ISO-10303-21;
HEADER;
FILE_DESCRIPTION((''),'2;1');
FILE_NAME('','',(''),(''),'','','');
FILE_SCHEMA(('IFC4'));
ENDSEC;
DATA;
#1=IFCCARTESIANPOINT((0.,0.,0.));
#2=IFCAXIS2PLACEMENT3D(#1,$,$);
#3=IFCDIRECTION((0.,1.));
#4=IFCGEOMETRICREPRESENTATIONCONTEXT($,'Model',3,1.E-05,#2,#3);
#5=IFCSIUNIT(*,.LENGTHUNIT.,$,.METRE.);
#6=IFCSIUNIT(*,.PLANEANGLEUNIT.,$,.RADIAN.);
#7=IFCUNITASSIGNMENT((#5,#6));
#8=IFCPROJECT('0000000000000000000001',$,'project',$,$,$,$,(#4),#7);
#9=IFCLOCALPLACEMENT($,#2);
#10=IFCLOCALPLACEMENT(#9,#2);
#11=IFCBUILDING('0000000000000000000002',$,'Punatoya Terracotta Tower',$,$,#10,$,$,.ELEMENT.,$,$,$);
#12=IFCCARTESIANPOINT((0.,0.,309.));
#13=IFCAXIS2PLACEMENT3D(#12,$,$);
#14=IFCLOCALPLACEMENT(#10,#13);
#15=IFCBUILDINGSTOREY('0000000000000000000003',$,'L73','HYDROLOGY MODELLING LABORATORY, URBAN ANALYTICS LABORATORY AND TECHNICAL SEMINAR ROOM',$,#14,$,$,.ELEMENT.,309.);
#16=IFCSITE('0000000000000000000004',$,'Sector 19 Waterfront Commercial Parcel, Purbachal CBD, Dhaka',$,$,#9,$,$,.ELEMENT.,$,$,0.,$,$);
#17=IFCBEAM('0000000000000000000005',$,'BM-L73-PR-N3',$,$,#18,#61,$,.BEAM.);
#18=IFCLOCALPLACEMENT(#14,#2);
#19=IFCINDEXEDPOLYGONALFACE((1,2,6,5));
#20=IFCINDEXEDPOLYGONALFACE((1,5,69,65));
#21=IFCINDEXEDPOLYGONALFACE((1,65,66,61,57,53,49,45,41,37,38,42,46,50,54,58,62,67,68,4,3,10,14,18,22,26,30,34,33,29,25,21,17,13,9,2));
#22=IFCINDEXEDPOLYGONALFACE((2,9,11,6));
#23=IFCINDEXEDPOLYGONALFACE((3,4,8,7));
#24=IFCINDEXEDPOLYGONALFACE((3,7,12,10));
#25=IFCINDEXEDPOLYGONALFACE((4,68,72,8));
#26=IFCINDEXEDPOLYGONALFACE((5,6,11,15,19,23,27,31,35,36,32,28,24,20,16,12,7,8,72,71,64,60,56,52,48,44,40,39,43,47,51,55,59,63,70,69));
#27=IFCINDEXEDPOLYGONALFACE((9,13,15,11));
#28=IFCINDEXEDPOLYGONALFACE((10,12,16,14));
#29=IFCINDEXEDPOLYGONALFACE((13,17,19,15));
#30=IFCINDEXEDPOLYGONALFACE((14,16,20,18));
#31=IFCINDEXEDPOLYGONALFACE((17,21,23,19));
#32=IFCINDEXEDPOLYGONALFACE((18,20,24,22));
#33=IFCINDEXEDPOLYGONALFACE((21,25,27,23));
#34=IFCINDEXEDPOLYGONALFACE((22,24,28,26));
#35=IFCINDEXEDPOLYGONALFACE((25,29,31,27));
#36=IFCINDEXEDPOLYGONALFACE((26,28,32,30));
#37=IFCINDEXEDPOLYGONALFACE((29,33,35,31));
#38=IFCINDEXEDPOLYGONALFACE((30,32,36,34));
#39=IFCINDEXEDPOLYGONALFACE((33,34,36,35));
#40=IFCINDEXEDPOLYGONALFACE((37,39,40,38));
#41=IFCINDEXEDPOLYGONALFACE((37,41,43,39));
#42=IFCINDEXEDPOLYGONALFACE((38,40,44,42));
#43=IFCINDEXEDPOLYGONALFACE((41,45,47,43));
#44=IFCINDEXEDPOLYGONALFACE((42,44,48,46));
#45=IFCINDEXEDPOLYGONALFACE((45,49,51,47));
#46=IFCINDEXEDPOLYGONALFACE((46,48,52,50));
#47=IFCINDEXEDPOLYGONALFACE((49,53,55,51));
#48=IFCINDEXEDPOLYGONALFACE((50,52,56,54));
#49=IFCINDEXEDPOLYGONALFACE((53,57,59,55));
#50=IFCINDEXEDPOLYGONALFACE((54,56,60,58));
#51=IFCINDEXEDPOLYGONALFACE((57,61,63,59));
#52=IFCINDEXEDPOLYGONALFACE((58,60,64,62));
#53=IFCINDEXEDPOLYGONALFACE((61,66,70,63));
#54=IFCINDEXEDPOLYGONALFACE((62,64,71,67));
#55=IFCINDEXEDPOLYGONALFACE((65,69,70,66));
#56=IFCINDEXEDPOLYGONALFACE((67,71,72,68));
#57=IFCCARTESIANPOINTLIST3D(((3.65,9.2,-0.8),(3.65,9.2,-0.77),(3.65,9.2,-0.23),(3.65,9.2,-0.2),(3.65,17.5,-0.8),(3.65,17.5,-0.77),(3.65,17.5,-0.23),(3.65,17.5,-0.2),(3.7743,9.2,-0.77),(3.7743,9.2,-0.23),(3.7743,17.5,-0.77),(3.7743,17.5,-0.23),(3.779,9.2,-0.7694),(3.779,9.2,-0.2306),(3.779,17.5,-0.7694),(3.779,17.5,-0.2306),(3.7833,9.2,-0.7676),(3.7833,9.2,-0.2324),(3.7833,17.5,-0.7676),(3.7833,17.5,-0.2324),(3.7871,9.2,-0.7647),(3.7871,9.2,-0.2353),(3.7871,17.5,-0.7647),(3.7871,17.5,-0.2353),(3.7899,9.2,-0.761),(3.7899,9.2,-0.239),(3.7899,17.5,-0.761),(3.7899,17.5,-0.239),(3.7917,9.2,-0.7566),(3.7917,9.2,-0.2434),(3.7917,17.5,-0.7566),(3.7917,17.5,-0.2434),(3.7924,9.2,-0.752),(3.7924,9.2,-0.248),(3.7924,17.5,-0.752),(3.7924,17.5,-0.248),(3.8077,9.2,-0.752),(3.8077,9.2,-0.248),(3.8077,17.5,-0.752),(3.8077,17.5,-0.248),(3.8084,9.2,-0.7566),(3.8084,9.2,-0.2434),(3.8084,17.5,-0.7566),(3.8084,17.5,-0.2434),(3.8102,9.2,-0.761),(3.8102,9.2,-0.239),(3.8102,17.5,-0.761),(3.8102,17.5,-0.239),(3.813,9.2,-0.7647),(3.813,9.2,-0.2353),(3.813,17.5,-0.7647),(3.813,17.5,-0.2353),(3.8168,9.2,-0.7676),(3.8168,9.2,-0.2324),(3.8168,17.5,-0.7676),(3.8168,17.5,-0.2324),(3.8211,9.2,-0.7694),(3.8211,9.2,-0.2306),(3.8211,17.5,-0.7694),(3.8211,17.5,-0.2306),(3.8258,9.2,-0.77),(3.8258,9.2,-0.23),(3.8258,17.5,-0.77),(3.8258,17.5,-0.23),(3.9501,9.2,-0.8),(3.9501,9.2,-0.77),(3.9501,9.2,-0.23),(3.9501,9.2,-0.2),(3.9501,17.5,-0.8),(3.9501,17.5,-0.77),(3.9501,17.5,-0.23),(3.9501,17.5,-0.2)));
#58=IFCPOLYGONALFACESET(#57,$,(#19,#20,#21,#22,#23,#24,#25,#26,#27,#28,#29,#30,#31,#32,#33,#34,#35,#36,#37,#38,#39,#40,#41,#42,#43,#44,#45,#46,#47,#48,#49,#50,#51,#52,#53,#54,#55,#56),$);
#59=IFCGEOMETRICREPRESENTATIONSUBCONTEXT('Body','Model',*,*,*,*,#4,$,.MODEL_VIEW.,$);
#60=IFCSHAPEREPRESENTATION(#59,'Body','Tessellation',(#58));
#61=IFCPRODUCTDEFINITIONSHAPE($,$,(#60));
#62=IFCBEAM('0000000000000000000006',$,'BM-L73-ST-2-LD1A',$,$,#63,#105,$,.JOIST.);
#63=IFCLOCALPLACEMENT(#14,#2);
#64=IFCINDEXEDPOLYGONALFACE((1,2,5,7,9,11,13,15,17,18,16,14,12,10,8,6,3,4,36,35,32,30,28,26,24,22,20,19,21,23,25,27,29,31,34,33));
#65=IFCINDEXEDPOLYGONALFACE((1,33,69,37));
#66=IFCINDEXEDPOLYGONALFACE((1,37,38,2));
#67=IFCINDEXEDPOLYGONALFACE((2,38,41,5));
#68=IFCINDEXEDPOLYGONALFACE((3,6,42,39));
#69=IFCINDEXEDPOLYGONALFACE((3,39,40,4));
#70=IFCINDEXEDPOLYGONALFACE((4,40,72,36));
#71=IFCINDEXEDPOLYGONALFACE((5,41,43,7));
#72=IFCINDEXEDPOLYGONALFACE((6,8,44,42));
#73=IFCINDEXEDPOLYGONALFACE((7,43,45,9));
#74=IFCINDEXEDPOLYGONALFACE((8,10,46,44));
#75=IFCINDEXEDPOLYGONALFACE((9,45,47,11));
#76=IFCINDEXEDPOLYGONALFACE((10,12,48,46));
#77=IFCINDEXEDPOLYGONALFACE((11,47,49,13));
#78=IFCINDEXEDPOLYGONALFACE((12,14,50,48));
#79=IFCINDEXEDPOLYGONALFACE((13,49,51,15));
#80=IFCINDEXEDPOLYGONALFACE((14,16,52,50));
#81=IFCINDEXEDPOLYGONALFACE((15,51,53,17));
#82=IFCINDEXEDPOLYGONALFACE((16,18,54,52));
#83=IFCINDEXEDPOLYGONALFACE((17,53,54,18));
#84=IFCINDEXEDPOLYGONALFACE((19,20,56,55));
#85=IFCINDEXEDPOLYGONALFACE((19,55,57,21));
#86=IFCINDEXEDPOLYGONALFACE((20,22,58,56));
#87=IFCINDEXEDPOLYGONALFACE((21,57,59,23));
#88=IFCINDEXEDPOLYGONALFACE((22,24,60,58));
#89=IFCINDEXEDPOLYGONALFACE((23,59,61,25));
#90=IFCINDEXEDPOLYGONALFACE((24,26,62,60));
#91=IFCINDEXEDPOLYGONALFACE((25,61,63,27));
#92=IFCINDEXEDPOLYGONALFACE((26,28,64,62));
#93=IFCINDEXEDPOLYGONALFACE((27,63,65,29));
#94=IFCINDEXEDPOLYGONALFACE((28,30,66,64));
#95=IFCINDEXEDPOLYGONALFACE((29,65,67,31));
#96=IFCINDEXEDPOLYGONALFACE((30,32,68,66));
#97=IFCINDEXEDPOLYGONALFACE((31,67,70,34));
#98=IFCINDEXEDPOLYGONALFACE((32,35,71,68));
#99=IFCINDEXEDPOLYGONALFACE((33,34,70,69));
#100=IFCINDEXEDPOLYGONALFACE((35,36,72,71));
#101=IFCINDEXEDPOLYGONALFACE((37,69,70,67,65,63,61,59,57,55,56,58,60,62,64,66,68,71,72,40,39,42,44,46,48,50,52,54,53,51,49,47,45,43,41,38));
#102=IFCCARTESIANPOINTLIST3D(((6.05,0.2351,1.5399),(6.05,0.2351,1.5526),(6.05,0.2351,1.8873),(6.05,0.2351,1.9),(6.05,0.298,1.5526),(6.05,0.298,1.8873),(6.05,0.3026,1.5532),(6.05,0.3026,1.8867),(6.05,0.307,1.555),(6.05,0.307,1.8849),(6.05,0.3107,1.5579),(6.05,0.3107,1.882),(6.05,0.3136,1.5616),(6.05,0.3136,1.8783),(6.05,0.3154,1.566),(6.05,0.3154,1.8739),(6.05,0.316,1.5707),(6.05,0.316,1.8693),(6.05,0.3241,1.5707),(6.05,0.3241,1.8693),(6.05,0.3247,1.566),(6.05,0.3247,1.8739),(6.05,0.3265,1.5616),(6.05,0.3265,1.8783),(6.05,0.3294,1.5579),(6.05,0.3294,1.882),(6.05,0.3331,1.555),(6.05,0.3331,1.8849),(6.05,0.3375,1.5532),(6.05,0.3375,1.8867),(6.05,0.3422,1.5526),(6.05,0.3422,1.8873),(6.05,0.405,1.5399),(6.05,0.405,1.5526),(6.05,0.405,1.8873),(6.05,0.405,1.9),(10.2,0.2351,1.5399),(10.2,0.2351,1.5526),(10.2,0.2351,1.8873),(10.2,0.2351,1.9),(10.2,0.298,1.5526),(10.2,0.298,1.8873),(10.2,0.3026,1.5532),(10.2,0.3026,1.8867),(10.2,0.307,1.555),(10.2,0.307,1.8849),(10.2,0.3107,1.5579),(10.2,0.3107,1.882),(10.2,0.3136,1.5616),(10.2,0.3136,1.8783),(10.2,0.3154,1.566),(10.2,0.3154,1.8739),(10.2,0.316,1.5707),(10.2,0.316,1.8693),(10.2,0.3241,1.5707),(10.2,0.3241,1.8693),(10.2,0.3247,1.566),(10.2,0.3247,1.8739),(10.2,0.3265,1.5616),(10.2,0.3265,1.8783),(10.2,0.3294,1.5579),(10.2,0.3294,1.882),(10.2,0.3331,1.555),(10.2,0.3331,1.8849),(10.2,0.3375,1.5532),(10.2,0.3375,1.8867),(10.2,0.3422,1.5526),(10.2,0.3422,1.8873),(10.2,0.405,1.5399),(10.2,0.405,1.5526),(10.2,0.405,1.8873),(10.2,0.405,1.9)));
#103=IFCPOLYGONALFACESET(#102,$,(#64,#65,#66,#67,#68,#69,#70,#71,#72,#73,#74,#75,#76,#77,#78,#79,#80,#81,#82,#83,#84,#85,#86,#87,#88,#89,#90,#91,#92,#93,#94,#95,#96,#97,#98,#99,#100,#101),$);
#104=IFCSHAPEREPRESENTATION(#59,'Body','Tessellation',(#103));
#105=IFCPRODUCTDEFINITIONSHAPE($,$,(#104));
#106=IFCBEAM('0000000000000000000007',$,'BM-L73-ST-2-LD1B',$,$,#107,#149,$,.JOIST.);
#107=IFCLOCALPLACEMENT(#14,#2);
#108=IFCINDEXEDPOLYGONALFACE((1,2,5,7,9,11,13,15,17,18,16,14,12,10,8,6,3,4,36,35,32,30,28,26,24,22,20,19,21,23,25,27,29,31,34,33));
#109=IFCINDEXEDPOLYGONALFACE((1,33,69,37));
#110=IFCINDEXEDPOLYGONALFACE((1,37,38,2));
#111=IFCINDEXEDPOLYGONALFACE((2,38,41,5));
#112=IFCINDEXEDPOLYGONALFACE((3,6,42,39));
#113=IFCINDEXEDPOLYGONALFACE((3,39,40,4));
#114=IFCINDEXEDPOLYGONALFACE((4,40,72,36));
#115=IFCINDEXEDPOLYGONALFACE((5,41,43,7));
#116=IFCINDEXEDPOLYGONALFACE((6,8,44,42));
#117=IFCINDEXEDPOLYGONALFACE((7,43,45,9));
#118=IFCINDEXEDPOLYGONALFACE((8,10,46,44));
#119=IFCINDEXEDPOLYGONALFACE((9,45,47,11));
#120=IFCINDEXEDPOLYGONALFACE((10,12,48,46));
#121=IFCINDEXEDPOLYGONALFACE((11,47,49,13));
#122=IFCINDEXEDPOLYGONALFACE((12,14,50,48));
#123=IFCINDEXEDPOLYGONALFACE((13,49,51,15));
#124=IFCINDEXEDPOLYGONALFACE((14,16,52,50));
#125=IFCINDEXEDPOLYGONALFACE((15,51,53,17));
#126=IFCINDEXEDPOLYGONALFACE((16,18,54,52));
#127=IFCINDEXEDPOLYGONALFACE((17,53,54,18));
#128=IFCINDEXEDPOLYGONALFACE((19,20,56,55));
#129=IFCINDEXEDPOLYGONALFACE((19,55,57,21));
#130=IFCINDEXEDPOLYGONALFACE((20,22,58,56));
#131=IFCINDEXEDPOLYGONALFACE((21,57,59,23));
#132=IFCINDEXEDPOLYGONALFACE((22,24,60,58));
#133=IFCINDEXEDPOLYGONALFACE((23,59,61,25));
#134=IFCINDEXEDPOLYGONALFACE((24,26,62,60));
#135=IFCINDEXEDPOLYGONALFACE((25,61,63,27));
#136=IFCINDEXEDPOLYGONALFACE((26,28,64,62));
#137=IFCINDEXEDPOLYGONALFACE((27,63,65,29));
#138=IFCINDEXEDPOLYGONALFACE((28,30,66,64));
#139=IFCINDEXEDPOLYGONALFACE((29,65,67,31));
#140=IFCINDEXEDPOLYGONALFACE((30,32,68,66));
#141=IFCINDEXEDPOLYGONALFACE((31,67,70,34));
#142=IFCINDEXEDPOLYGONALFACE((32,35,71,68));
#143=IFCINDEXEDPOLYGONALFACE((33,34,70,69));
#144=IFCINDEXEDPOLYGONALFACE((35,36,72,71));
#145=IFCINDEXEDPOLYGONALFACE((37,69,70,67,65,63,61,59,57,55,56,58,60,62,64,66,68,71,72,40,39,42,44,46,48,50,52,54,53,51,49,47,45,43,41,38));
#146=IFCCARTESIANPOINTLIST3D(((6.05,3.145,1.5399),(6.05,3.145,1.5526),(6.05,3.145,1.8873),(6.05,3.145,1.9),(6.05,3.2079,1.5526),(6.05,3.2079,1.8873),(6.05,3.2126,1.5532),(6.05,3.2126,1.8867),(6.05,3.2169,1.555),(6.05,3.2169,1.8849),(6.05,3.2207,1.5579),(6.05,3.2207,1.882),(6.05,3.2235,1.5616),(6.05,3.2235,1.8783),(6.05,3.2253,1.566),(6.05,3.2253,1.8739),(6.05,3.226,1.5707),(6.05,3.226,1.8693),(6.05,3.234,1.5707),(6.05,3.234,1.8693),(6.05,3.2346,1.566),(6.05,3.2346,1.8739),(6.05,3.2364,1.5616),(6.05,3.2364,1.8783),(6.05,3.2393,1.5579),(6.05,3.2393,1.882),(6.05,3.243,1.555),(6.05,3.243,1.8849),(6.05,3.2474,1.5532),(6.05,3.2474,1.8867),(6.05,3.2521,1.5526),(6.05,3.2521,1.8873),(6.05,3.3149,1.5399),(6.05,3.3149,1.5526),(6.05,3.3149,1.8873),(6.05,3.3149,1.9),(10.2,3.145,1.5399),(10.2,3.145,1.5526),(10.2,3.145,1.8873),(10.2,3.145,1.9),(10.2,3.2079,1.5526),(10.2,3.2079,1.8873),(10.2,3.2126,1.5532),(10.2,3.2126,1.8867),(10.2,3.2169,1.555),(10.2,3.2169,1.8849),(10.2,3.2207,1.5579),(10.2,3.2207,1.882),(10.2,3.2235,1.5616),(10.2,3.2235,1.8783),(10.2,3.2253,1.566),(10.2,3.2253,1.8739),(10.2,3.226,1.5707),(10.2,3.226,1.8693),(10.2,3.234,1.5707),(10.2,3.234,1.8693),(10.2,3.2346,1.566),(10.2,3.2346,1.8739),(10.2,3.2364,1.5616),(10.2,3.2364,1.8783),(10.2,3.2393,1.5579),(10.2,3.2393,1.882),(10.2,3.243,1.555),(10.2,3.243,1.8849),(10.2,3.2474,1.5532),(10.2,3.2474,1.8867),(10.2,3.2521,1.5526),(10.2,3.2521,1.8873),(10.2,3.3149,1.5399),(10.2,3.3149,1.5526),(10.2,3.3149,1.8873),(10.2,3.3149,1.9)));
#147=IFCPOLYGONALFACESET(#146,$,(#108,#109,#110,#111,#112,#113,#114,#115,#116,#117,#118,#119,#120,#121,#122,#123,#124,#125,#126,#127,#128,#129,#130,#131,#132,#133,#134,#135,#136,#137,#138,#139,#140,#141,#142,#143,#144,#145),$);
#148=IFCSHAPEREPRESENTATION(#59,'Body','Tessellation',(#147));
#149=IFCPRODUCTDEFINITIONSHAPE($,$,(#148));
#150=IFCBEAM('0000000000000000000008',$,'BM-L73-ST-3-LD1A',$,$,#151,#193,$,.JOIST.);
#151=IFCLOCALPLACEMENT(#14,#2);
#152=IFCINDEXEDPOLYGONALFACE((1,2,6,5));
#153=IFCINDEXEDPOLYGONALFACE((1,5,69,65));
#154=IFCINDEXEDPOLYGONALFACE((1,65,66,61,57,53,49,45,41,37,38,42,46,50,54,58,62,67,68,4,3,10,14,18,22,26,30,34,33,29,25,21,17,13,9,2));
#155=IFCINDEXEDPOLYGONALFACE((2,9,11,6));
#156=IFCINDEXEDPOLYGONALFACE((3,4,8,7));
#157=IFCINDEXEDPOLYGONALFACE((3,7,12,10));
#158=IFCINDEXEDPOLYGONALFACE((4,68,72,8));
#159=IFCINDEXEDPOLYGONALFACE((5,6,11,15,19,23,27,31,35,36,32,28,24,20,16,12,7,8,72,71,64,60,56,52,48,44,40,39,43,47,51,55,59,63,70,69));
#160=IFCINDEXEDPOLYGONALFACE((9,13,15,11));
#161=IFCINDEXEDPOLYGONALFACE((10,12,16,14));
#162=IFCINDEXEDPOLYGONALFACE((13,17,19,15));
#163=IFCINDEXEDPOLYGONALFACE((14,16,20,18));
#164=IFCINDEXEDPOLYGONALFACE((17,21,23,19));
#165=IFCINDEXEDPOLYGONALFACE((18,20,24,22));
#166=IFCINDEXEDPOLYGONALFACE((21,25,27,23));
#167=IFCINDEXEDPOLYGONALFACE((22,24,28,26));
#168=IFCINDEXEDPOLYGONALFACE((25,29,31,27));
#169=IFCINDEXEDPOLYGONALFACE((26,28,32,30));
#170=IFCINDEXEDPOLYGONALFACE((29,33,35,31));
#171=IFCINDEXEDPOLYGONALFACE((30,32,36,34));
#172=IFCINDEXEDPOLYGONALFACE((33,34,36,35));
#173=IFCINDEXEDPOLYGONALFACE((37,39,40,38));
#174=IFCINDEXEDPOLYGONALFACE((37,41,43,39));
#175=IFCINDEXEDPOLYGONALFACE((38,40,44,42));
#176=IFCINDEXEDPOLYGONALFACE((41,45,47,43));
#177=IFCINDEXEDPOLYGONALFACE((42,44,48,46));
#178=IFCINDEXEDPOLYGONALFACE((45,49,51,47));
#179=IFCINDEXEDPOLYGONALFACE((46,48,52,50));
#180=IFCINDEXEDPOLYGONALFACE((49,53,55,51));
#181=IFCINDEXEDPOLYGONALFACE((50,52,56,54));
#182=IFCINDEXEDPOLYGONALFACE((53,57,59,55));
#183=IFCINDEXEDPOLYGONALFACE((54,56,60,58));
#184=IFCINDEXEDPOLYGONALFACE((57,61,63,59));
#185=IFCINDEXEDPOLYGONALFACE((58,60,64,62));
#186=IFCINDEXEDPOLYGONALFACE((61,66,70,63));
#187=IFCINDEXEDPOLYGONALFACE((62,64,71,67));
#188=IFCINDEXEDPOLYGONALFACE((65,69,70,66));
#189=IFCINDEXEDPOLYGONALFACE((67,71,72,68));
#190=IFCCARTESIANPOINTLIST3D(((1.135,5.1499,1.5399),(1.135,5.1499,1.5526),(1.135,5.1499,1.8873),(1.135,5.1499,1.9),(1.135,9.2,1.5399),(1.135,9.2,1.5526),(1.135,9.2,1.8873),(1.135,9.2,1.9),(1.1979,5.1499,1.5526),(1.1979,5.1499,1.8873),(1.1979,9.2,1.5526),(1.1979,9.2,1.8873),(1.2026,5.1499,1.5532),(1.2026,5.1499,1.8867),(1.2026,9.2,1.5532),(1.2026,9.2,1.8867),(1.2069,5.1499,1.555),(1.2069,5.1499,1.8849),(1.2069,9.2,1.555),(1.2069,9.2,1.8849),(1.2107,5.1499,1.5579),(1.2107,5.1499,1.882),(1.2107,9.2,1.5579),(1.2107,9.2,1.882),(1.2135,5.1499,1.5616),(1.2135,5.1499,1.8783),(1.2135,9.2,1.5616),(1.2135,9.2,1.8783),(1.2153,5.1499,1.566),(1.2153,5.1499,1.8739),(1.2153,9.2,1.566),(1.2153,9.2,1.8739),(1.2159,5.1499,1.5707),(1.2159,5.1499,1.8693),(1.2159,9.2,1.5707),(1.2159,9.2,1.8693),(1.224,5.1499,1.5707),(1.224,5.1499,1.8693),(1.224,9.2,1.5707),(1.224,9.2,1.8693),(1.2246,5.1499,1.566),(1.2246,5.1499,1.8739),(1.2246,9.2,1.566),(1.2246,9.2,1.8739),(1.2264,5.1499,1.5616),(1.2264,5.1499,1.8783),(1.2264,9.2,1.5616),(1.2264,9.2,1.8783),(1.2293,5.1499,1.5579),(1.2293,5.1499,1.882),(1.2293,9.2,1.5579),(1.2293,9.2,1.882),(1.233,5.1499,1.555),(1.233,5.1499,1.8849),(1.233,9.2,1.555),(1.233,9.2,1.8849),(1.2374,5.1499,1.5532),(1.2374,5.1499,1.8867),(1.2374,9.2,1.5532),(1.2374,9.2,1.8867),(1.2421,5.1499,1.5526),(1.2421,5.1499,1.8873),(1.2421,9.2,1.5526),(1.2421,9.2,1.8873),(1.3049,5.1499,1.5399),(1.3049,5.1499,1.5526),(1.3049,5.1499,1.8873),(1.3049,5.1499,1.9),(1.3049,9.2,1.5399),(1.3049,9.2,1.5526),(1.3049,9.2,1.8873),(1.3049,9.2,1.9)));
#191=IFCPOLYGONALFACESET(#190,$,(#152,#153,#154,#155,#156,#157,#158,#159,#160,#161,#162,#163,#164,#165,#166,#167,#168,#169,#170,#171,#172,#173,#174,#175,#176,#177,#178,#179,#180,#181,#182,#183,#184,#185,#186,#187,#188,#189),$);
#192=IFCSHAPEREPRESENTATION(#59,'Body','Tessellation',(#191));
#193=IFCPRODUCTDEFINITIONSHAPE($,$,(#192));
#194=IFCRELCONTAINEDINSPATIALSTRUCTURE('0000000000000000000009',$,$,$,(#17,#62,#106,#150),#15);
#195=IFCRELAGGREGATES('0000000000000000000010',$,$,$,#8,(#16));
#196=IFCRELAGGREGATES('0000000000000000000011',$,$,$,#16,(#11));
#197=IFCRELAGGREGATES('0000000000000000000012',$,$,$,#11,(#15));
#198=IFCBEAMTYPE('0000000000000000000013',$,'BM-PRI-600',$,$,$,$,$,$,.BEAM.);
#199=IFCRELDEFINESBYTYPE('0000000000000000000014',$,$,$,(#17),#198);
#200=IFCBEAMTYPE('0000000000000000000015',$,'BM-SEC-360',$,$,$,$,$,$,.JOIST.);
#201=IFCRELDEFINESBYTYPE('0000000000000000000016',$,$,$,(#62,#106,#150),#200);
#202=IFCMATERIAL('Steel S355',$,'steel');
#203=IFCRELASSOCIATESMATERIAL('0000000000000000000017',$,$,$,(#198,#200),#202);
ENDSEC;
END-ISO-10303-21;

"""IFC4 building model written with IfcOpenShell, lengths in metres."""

from ifc_helpers import new_model, si_unit, direction, frame, origin, origin_2d, place, context, subcontext, project, spatial, i_section, extrude, material, material_profile, profile_set, type_object, element, save


model = new_model("IFC4")

# Units and contexts
model_context = context("Model", 3, precision=1e-05, world=origin(), true_north=direction((0.0, 1.0)))
body_context = subcontext(model_context, "Body", "Model", "MODEL_VIEW")
ifc_project = project(units=[si_unit("LENGTHUNIT", "METRE"), si_unit("PLANEANGLEUNIT", "RADIAN")], contexts=[model_context])

# Site, building, storey
site_placement = place(None, origin())
site = spatial("IfcSite", under=ifc_project, at=site_placement, Name="Sector 19 Waterfront Commercial Parcel, Purbachal CBD, Dhaka", CompositionType="ELEMENT", RefElevation=0.0)
building_placement = place(site_placement, origin())
building = spatial("IfcBuilding", under=site, at=building_placement, Name="Punatoya Terracotta Tower", CompositionType="ELEMENT")
storey_placement = place(building_placement, frame((0.0, 0.0, 309.0)))
storey = spatial("IfcBuildingStorey", under=building, at=storey_placement, Name="L73", Description="HYDROLOGY MODELLING LABORATORY, URBAN ANALYTICS LABORATORY AND TECHNICAL SEMINAR ROOM", CompositionType="ELEMENT", Elevation=309.0)

# Beams
ifc_material_1 = material(Name="Steel S355", Category="steel")
ifc_material_profile_1 = material_profile(ifc_material_1, i_section(OverallWidth=0.3, OverallDepth=0.6001, WebThickness=0.0154, FlangeThickness=0.03, FilletRadius=0.0181, at=origin_2d()))
ifc_profile_set_1 = profile_set([ifc_material_profile_1], Name="Steel S355")
beam_type_1 = type_object("IfcBeamType", Name="BM-PRI-600", PredefinedType="BEAM", material=ifc_profile_set_1)
beam_placement = place(storey_placement, frame((3.8, 9.2, -0.5), z_axis=(0.0, 1.0, 0.0), x_axis=(-1.0, 0.0, 0.0)))
element("IfcBeam", 1, at=beam_placement, inside=storey, type_object=beam_type_1, Name="BM-L73-PR-N3", PredefinedType="BEAM", context=body_context, shape_type="SweptSolid", body=[
    extrude(i_section(OverallWidth=0.3, OverallDepth=0.6001, WebThickness=0.0154, FlangeThickness=0.03, FilletRadius=0.0181, at=origin_2d()), origin(), (0.0, 0.0, 1.0), 8.3),
])
ifc_material_profile_2 = material_profile(ifc_material_1, i_section(OverallWidth=0.1699, OverallDepth=0.3601, WebThickness=0.0081, FlangeThickness=0.0127, FilletRadius=0.0181, at=origin_2d()))
ifc_profile_set_2 = profile_set([ifc_material_profile_2], Name="Steel S355")
beam_type_2 = type_object("IfcBeamType", Name="BM-SEC-360", PredefinedType="JOIST", material=ifc_profile_set_2)
for number, where, z_axis, x_axis, name in (
    (2, (6.05, 0.3201, 1.72), (1.0, 0.0, 0.0), (0.0, 1.0, 0.0), "BM-L73-ST-2-LD1A"),
    (3, (6.05, 3.23, 1.72), (1.0, 0.0, 0.0), (0.0, 1.0, 0.0), "BM-L73-ST-2-LD1B"),
):
    element("IfcBeam", number, at=place(storey_placement, frame(where, z_axis=z_axis, x_axis=x_axis)), inside=storey, type_object=beam_type_2, Name=name, PredefinedType="JOIST", context=body_context, shape_type="SweptSolid", body=[
        extrude(i_section(OverallWidth=0.1699, OverallDepth=0.3601, WebThickness=0.0081, FlangeThickness=0.0127, FilletRadius=0.0181, at=origin_2d()), origin(), (0.0, 0.0, 1.0), 4.1499),
    ])
for number, where, z_axis, x_axis, name in (
    (4, (1.22, 5.1499, 1.72), (0.0, 1.0, 0.0), (-1.0, 0.0, 0.0), "BM-L73-ST-3-LD1A"),
):
    element("IfcBeam", number, at=place(storey_placement, frame(where, z_axis=z_axis, x_axis=x_axis)), inside=storey, type_object=beam_type_2, Name=name, PredefinedType="JOIST", context=body_context, shape_type="SweptSolid", body=[
        extrude(i_section(OverallWidth=0.1699, OverallDepth=0.3601, WebThickness=0.0081, FlangeThickness=0.0127, FilletRadius=0.0181, at=origin_2d()), origin(), (0.0, 0.0, 1.0), 4.05),
    ])

save(model, "model.ifc")
